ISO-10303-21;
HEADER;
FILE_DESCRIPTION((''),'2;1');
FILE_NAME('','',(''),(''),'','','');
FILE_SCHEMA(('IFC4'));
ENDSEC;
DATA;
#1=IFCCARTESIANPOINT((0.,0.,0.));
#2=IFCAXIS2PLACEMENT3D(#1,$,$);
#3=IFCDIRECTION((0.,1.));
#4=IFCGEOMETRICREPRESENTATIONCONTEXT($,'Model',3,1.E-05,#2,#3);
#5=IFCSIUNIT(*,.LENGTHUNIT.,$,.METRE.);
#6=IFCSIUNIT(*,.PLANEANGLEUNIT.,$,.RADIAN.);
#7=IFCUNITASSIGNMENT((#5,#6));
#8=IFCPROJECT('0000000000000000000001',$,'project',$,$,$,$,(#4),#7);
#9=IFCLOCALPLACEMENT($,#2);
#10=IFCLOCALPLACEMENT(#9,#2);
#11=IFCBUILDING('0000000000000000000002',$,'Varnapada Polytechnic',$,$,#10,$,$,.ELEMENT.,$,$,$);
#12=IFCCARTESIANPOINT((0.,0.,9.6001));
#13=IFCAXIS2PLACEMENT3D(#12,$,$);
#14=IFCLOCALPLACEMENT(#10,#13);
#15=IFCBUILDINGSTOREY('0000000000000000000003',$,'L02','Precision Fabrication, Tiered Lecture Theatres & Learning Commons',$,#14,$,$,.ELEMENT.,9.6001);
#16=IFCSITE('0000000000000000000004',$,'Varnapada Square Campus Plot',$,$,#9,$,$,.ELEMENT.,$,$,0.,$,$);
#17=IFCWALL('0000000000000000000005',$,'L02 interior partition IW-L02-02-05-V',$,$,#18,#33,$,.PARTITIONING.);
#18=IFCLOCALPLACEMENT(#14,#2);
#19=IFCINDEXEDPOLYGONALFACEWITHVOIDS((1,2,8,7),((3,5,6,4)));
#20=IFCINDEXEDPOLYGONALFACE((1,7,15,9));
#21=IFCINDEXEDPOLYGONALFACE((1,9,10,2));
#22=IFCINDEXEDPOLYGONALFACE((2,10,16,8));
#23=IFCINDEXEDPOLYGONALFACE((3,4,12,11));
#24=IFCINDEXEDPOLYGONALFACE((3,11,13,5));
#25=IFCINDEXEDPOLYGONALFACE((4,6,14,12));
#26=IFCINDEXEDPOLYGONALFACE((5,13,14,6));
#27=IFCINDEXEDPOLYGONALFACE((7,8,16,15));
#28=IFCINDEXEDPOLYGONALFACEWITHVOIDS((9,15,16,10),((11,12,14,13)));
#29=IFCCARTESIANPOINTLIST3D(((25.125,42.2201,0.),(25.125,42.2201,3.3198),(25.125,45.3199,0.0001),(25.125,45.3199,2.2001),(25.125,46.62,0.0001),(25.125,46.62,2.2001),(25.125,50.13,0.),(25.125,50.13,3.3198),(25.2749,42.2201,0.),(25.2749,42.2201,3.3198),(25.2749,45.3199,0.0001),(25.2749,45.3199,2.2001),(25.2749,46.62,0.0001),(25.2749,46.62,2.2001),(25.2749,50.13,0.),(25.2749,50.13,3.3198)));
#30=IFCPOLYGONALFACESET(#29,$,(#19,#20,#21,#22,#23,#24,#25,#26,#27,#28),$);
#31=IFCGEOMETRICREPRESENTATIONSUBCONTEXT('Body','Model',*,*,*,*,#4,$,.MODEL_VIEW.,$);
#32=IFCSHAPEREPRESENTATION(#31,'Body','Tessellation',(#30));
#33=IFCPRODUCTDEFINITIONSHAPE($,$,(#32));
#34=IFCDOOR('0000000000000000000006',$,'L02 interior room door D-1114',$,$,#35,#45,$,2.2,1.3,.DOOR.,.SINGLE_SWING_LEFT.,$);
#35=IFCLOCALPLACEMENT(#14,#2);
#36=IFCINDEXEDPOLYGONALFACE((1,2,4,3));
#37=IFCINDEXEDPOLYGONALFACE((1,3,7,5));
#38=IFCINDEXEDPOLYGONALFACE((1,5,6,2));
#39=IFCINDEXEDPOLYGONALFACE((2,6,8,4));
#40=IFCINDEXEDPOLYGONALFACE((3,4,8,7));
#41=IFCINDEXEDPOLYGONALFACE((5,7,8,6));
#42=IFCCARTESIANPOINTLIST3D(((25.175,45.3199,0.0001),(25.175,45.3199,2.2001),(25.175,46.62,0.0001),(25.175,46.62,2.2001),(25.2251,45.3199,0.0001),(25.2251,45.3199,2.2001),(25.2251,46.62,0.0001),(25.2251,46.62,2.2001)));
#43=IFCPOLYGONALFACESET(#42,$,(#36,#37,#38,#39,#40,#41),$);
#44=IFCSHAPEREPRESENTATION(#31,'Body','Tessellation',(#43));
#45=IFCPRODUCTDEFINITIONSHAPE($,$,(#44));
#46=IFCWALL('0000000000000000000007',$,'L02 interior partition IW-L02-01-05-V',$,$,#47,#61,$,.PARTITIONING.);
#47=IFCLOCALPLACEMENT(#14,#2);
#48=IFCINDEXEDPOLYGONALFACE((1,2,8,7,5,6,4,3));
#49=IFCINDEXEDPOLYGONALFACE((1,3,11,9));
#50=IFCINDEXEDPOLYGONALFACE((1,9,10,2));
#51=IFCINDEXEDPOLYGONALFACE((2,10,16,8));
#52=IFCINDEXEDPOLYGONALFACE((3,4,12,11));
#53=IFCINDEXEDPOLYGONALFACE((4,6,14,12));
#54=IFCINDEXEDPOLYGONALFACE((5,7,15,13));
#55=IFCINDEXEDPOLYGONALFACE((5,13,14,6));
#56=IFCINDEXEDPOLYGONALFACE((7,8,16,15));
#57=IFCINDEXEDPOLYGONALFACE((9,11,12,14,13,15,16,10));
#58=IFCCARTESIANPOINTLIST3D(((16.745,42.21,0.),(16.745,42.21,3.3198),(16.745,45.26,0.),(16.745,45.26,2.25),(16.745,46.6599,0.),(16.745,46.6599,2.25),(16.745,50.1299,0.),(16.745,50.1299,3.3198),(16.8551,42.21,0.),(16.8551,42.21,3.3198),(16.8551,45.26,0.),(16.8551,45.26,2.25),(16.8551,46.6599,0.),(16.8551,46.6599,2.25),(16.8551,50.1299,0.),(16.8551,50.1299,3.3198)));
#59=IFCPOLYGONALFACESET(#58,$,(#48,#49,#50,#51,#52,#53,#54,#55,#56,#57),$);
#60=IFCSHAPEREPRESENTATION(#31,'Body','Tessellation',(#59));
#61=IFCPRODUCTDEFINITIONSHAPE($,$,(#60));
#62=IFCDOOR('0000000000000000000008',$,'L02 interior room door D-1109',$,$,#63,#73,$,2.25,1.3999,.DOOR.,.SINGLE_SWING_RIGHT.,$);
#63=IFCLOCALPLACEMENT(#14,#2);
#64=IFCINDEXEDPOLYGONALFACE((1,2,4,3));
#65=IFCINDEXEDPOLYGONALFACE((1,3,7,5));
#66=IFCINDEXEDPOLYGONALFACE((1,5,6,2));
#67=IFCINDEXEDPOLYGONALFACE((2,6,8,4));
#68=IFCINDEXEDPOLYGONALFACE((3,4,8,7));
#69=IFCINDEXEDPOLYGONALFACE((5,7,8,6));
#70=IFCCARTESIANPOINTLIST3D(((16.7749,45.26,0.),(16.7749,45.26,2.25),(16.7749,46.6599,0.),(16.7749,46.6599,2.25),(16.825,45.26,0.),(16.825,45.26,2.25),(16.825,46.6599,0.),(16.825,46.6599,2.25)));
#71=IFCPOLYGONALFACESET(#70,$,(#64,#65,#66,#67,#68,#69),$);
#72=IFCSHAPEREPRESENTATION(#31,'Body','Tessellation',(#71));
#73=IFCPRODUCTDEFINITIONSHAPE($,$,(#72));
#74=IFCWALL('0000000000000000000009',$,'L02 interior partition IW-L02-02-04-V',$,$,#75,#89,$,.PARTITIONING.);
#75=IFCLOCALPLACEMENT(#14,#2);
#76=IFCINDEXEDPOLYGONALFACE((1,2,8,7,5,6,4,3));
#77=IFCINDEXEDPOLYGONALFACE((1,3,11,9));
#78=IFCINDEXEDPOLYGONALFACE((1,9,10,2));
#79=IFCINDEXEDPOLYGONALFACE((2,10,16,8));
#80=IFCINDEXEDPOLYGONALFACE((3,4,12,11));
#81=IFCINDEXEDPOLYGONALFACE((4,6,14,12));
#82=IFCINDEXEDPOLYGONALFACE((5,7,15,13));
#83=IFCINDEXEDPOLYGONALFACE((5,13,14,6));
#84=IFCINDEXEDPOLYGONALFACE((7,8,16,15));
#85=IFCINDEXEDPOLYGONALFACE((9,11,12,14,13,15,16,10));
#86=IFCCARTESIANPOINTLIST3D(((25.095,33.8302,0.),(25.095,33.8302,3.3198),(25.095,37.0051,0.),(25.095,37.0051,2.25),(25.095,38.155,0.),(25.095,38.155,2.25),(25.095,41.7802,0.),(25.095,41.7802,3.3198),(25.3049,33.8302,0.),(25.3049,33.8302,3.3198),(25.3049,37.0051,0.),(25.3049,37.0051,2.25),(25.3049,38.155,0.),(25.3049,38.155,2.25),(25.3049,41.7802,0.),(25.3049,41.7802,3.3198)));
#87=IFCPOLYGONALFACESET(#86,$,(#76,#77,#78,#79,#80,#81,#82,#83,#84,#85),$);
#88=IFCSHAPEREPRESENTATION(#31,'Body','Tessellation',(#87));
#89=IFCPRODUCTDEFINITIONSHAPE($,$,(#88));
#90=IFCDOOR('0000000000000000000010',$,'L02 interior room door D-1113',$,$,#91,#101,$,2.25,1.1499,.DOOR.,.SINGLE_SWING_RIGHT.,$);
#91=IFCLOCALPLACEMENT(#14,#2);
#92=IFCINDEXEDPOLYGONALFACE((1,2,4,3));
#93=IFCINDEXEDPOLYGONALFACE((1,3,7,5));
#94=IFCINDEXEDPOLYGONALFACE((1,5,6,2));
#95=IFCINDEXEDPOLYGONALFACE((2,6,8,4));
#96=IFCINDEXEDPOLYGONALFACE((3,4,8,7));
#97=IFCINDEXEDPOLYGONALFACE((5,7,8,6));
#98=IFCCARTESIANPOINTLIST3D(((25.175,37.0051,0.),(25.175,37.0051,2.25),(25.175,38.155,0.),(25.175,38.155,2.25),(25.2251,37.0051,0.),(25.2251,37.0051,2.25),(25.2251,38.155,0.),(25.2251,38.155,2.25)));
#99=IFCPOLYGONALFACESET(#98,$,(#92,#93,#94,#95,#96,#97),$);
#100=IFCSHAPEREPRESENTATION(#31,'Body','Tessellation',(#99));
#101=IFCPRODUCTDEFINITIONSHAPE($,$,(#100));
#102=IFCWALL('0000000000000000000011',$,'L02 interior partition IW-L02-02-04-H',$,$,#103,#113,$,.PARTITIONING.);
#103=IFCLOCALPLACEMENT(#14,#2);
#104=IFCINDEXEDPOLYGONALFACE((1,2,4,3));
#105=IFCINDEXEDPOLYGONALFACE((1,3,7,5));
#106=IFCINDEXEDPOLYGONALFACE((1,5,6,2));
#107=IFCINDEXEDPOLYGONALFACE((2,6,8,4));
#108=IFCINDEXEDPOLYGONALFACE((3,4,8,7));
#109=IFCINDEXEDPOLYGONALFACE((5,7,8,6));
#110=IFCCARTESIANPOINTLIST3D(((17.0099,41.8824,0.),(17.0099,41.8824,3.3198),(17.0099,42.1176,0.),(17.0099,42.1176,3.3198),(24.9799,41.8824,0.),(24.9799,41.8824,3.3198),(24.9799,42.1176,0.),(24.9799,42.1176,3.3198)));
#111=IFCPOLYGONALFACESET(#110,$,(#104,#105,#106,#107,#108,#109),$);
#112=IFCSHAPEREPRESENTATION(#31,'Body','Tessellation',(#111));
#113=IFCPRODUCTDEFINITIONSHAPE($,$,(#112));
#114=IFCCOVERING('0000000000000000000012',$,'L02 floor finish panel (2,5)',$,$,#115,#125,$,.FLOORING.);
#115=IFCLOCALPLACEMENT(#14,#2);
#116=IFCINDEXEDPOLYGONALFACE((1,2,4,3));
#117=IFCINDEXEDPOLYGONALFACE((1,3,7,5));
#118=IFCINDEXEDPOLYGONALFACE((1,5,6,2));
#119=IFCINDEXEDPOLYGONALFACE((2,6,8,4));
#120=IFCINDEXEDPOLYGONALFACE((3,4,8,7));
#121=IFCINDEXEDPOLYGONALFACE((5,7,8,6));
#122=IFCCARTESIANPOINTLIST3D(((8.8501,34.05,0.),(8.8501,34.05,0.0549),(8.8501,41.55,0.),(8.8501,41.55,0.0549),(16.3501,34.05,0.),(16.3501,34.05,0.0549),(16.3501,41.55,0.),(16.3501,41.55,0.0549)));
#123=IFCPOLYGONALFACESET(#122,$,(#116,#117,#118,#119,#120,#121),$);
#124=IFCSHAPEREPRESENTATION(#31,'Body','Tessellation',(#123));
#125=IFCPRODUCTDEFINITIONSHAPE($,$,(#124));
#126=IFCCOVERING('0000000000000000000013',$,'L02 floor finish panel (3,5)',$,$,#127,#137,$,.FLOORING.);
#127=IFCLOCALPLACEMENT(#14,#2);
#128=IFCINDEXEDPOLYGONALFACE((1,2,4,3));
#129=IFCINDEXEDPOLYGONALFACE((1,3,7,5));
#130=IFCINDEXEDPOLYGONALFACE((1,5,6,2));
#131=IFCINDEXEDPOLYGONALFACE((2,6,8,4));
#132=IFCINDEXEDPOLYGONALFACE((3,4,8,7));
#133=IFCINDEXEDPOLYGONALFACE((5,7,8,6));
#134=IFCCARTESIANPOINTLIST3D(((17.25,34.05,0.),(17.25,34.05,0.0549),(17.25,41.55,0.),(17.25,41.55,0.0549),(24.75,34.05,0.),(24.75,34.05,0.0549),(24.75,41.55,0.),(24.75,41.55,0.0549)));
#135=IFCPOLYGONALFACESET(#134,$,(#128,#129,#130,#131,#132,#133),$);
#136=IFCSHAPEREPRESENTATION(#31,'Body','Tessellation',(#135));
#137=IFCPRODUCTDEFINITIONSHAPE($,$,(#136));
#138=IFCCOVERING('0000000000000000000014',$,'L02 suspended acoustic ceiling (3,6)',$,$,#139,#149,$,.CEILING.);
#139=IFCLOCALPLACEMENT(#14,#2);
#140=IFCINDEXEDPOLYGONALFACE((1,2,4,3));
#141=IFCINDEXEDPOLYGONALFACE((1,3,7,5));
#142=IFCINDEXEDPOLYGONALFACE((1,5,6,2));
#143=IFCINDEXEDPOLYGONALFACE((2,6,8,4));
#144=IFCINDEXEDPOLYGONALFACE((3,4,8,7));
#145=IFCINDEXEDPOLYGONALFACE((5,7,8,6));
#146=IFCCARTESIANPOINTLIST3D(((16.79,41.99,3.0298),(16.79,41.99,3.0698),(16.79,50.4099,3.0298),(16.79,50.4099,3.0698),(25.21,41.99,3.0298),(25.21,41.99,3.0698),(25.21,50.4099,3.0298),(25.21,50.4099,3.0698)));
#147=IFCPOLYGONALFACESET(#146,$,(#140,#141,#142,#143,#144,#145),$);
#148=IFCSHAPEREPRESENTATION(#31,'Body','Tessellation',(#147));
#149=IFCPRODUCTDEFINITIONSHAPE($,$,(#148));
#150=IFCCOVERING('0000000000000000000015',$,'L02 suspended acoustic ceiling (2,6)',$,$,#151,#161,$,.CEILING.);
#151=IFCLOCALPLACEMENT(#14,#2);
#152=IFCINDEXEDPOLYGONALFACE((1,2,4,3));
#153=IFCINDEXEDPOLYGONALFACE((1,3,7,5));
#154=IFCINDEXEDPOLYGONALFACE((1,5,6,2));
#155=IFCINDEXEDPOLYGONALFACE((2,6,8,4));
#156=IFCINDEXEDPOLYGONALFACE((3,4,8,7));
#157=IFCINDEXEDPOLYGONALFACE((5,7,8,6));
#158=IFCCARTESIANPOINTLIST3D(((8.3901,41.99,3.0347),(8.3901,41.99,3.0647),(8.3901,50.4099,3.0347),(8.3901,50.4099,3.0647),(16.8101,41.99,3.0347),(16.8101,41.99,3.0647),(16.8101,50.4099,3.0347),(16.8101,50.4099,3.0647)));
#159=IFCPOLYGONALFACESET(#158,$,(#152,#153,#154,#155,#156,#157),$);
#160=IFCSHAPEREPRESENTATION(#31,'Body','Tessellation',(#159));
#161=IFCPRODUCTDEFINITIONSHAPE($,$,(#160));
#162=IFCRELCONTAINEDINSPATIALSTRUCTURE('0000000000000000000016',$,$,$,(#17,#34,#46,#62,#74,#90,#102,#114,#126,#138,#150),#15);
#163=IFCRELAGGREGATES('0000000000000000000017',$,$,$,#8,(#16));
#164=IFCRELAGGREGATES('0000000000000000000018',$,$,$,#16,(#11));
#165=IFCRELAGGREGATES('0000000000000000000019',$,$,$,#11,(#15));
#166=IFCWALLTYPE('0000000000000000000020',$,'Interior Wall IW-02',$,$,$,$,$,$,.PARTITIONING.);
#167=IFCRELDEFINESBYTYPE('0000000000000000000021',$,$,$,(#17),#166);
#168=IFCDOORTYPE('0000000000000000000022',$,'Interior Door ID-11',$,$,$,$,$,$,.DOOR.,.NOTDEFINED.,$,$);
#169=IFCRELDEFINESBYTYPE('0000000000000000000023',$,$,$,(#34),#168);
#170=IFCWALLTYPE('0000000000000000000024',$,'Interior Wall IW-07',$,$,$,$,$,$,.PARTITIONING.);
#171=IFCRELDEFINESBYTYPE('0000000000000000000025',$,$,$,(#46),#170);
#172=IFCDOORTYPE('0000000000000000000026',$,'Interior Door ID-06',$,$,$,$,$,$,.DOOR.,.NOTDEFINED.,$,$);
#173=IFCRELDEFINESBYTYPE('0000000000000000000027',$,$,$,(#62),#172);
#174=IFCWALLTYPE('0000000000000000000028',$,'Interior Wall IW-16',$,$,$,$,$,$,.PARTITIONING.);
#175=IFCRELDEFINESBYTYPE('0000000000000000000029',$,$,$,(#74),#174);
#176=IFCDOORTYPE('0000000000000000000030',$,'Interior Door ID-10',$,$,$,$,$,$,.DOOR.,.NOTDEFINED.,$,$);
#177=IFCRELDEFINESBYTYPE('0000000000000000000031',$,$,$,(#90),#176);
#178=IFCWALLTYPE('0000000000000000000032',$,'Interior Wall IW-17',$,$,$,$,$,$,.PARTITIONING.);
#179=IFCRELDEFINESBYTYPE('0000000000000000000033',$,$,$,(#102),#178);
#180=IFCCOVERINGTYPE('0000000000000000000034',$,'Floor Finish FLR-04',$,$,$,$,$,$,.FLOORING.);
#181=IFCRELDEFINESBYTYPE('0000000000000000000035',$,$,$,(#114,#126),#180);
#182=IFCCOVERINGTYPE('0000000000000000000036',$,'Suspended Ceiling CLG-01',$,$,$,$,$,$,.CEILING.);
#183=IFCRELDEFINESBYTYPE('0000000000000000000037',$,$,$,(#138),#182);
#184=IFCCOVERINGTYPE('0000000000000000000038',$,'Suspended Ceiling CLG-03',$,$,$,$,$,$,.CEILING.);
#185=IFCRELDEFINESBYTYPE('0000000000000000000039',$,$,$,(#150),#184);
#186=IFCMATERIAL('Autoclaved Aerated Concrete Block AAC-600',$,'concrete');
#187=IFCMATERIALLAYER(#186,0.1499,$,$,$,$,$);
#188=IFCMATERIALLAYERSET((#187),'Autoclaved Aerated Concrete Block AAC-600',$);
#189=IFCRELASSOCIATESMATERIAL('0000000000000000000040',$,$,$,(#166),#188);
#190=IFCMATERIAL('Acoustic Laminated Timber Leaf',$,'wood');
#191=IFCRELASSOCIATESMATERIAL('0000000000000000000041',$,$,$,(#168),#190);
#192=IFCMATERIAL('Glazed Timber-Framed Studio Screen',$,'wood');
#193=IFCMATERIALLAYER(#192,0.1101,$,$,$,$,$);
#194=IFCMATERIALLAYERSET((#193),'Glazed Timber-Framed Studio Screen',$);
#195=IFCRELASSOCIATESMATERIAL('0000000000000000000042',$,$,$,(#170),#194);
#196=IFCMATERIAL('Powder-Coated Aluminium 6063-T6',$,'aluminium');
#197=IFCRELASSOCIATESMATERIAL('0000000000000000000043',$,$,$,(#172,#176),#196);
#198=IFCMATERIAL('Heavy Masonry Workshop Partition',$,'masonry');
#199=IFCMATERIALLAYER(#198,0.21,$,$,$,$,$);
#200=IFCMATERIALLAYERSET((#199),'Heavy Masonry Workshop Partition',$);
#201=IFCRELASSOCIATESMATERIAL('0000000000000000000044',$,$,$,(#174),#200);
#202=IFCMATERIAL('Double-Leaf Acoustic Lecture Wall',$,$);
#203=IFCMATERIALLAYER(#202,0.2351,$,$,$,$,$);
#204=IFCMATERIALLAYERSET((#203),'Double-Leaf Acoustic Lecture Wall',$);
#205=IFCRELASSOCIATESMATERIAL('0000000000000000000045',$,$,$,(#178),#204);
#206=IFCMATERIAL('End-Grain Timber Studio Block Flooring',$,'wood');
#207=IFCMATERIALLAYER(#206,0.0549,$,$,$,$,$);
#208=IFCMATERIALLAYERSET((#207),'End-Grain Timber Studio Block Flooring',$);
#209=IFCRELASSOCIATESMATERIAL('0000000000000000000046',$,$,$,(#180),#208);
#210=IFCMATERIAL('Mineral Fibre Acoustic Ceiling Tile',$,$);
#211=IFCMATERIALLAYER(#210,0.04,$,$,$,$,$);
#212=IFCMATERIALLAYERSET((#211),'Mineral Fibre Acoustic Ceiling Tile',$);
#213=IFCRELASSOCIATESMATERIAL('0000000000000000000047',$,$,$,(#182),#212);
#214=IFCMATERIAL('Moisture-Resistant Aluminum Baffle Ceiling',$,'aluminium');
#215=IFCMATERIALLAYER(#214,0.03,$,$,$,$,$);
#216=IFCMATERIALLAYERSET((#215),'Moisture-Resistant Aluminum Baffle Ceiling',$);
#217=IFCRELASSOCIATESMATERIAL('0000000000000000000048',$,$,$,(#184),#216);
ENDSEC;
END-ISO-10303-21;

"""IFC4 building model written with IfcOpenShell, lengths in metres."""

from ifc_helpers import new_model, si_unit, direction, frame, frame_2d, origin, origin_2d, place, context, subcontext, project, spatial, rectangle, extrude, material, layer, layer_set, type_object, element, fill, save


model = new_model("IFC4")

# Units and contexts
model_context = context("Model", 3, precision=1e-05, world=origin(), true_north=direction((0.0, 1.0)))
body_context = subcontext(model_context, "Body", "Model", "MODEL_VIEW")
ifc_project = project(units=[si_unit("LENGTHUNIT", "METRE"), si_unit("PLANEANGLEUNIT", "RADIAN")], contexts=[model_context])

# Site, building, storey
site_placement = place(None, origin())
site = spatial("IfcSite", under=ifc_project, at=site_placement, Name="Varnapada Square Campus Plot", CompositionType="ELEMENT", RefElevation=0.0)
building_placement = place(site_placement, origin())
building = spatial("IfcBuilding", under=site, at=building_placement, Name="Varnapada Polytechnic", CompositionType="ELEMENT")
storey_placement = place(building_placement, frame((0.0, 0.0, 9.6001)))
storey = spatial("IfcBuildingStorey", under=building, at=storey_placement, Name="L02", Description="Precision Fabrication, Tiered Lecture Theatres & Learning Commons", CompositionType="ELEMENT", Elevation=9.6001)

# Walls, openings, doors
ifc_material_1 = material(Name="Autoclaved Aerated Concrete Block AAC-600", Category="concrete")
ifc_layer_1 = layer(ifc_material_1, 0.1499)
ifc_layer_set_1 = layer_set([ifc_layer_1], Name="Autoclaved Aerated Concrete Block AAC-600")
wall_type_1 = type_object("IfcWallType", Name="Interior Wall IW-02", PredefinedType="PARTITIONING", material=ifc_layer_set_1)
wall_1_placement = place(storey_placement, frame((25.2, 42.22, 0.0), z_axis=(0.0, 0.0, 1.0), x_axis=(0.0, 1.0, 0.0)))
wall_1 = element("IfcWall", 1, at=wall_1_placement, inside=storey, type_object=wall_type_1, Name="L02 interior partition IW-L02-02-05-V", PredefinedType="PARTITIONING", context=body_context, shape_type="SweptSolid", body=[
    extrude(rectangle(XDim=7.9099, YDim=0.1499, at=frame_2d((3.9551, 0.0))), origin(), (0.0, 0.0, 1.0), 3.3198),
])
opening_1_placement = place(wall_1_placement, frame((3.1001, 0.0, 0.0)))
opening_1 = element("IfcOpeningElement", 2, at=opening_1_placement, cuts=wall_1, PredefinedType="OPENING", context=body_context, shape_type="SweptSolid", body=[
    extrude(rectangle(XDim=1.3, YDim=2.2, at=frame_2d((0.6499, 1.1001))), frame((0.0, 0.085, 0.0), z_axis=(0.0, -1.0, 0.0), x_axis=(1.0, 0.0, 0.0)), (0.0, 0.0, 1.0), 0.1699),
])
ifc_material_2 = material(Name="Acoustic Laminated Timber Leaf", Category="wood")
door_type_1 = type_object("IfcDoorType", Name="Interior Door ID-11", OperationType="NOTDEFINED", PredefinedType="DOOR", material=ifc_material_2)
door_1_placement = place(opening_1_placement, origin())
door_1 = element("IfcDoor", 3, at=door_1_placement, inside=storey, type_object=door_type_1, Name="L02 interior room door D-1114", OperationType="SINGLE_SWING_LEFT", OverallHeight=2.2, OverallWidth=1.3, PredefinedType="DOOR", context=body_context, shape_type="SweptSolid", body=[
    extrude(rectangle(XDim=1.3, YDim=2.2, at=frame_2d((0.6499, 1.1001))), frame((0.0, 0.0249, 0.0), z_axis=(0.0, -1.0, 0.0), x_axis=(1.0, 0.0, 0.0)), (0.0, 0.0, 1.0), 0.05),
])
fill(opening_1, door_1)
ifc_material_3 = material(Name="Glazed Timber-Framed Studio Screen", Category="wood")
ifc_layer_2 = layer(ifc_material_3, 0.1101)
ifc_layer_set_2 = layer_set([ifc_layer_2], Name="Glazed Timber-Framed Studio Screen")
wall_type_2 = type_object("IfcWallType", Name="Interior Wall IW-07", PredefinedType="PARTITIONING", material=ifc_layer_set_2)
wall_2_placement = place(storey_placement, frame((16.8, 42.21, 0.0), z_axis=(0.0, 0.0, 1.0), x_axis=(0.0, 1.0, 0.0)))
wall_2 = element("IfcWall", 4, at=wall_2_placement, inside=storey, type_object=wall_type_2, Name="L02 interior partition IW-L02-01-05-V", PredefinedType="PARTITIONING", context=body_context, shape_type="SweptSolid", body=[
    extrude(rectangle(XDim=7.9199, YDim=0.1101, at=frame_2d((3.96, 0.0))), origin(), (0.0, 0.0, 1.0), 3.3198),
])
opening_2_placement = place(wall_2_placement, frame((3.05, 0.0, 0.0)))
opening_2 = element("IfcOpeningElement", 5, at=opening_2_placement, cuts=wall_2, PredefinedType="OPENING", context=body_context, shape_type="SweptSolid", body=[
    extrude(rectangle(XDim=1.3999, YDim=2.25, at=frame_2d((0.7, 1.125))), frame((0.0, 0.0649, 0.0), z_axis=(0.0, -1.0, 0.0), x_axis=(1.0, 0.0, 0.0)), (0.0, 0.0, 1.0), 0.1301),
])
ifc_material_4 = material(Name="Powder-Coated Aluminium 6063-T6", Category="aluminium")
door_type_2 = type_object("IfcDoorType", Name="Interior Door ID-06", OperationType="NOTDEFINED", PredefinedType="DOOR", material=ifc_material_4)
door_2_placement = place(opening_2_placement, frame((1.3999, 0.0, 0.0), z_axis=(0.0, 0.0, 1.0), x_axis=(-1.0, 0.0, 0.0)))
door_2 = element("IfcDoor", 6, at=door_2_placement, inside=storey, type_object=door_type_2, Name="L02 interior room door D-1109", OperationType="SINGLE_SWING_RIGHT", OverallHeight=2.25, OverallWidth=1.3999, PredefinedType="DOOR", context=body_context, shape_type="SweptSolid", body=[
    extrude(rectangle(XDim=1.3999, YDim=2.25, at=frame_2d((0.7, 1.125))), frame((0.0, 0.0249, 0.0), z_axis=(0.0, -1.0, 0.0), x_axis=(1.0, 0.0, 0.0)), (0.0, 0.0, 1.0), 0.05),
])
fill(opening_2, door_2)
ifc_material_5 = material(Name="Heavy Masonry Workshop Partition", Category="masonry")
ifc_layer_3 = layer(ifc_material_5, 0.21)
ifc_layer_set_3 = layer_set([ifc_layer_3], Name="Heavy Masonry Workshop Partition")
wall_type_3 = type_object("IfcWallType", Name="Interior Wall IW-16", PredefinedType="PARTITIONING", material=ifc_layer_set_3)
wall_3_placement = place(storey_placement, frame((25.2, 33.8301, 0.0), z_axis=(0.0, 0.0, 1.0), x_axis=(0.0, 1.0, 0.0)))
wall_3 = element("IfcWall", 7, at=wall_3_placement, inside=storey, type_object=wall_type_3, Name="L02 interior partition IW-L02-02-04-V", PredefinedType="PARTITIONING", context=body_context, shape_type="SweptSolid", body=[
    extrude(rectangle(XDim=7.95, YDim=0.21, at=frame_2d((3.9751, 0.0))), origin(), (0.0, 0.0, 1.0), 3.3198),
])
opening_3_placement = place(wall_3_placement, frame((3.175, 0.0, 0.0)))
opening_3 = element("IfcOpeningElement", 8, at=opening_3_placement, cuts=wall_3, PredefinedType="OPENING", context=body_context, shape_type="SweptSolid", body=[
    extrude(rectangle(XDim=1.1499, YDim=2.25, at=frame_2d((0.575, 1.125))), frame((0.0, 0.115, 0.0), z_axis=(0.0, -1.0, 0.0), x_axis=(1.0, 0.0, 0.0)), (0.0, 0.0, 1.0), 0.23),
])
door_type_3 = type_object("IfcDoorType", Name="Interior Door ID-10", OperationType="NOTDEFINED", PredefinedType="DOOR", material=ifc_material_4)
door_3_placement = place(opening_3_placement, origin())
door_3 = element("IfcDoor", 9, at=door_3_placement, inside=storey, type_object=door_type_3, Name="L02 interior room door D-1113", OperationType="SINGLE_SWING_RIGHT", OverallHeight=2.25, OverallWidth=1.1499, PredefinedType="DOOR", context=body_context, shape_type="SweptSolid", body=[
    extrude(rectangle(XDim=1.1499, YDim=2.25, at=frame_2d((0.575, 1.125))), frame((0.0, 0.0249, 0.0), z_axis=(0.0, -1.0, 0.0), x_axis=(1.0, 0.0, 0.0)), (0.0, 0.0, 1.0), 0.05),
])
fill(opening_3, door_3)

# Wall
ifc_material_6 = material(Name="Double-Leaf Acoustic Lecture Wall")
ifc_layer_4 = layer(ifc_material_6, 0.2351)
ifc_layer_set_4 = layer_set([ifc_layer_4], Name="Double-Leaf Acoustic Lecture Wall")
wall_type_4 = type_object("IfcWallType", Name="Interior Wall IW-17", PredefinedType="PARTITIONING", material=ifc_layer_set_4)
wall_4_placement = place(storey_placement, frame((17.01, 42.0, 0.0), z_axis=(0.0, 0.0, 1.0), x_axis=(1.0, 0.0, 0.0)))
element("IfcWall", 10, at=wall_4_placement, inside=storey, type_object=wall_type_4, Name="L02 interior partition IW-L02-02-04-H", PredefinedType="PARTITIONING", context=body_context, shape_type="SweptSolid", body=[
    extrude(rectangle(XDim=7.97, YDim=0.2351, at=frame_2d((3.9849, 0.0))), origin(), (0.0, 0.0, 1.0), 3.3198),
])

# Coverings
ifc_material_7 = material(Name="End-Grain Timber Studio Block Flooring", Category="wood")
ifc_layer_5 = layer(ifc_material_7, 0.0549)
ifc_layer_set_5 = layer_set([ifc_layer_5], Name="End-Grain Timber Studio Block Flooring")
covering_type_1 = type_object("IfcCoveringType", Name="Floor Finish FLR-04", PredefinedType="FLOORING", material=ifc_layer_set_5)
for number, where, z_axis, x_axis, name in (
    (11, (12.6001, 37.8, 0.0), (0.0, 0.0, 1.0), (1.0, 0.0, 0.0), "L02 floor finish panel (2,5)"),
    (12, (21.0, 37.8, 0.0), (0.0, 0.0, 1.0), (1.0, 0.0, 0.0), "L02 floor finish panel (3,5)"),
):
    element("IfcCovering", number, at=place(storey_placement, frame(where, z_axis=z_axis, x_axis=x_axis)), inside=storey, type_object=covering_type_1, Name=name, PredefinedType="FLOORING", context=body_context, shape_type="SweptSolid", body=[
        extrude(rectangle(XDim=7.5, YDim=7.5, at=origin_2d()), origin(), (0.0, 0.0, 1.0), 0.0549),
    ])
ifc_material_8 = material(Name="Mineral Fibre Acoustic Ceiling Tile")
ifc_layer_6 = layer(ifc_material_8, 0.04)
ifc_layer_set_6 = layer_set([ifc_layer_6], Name="Mineral Fibre Acoustic Ceiling Tile")
covering_type_2 = type_object("IfcCoveringType", Name="Suspended Ceiling CLG-01", PredefinedType="CEILING", material=ifc_layer_set_6)
covering_1_placement = place(storey_placement, frame((21.0, 46.2, 3.0298), z_axis=(0.0, 0.0, 1.0), x_axis=(1.0, 0.0, 0.0)))
element("IfcCovering", 13, at=covering_1_placement, inside=storey, type_object=covering_type_2, Name="L02 suspended acoustic ceiling (3,6)", PredefinedType="CEILING", context=body_context, shape_type="SweptSolid", body=[
    extrude(rectangle(XDim=8.4199, YDim=8.4199, at=origin_2d()), origin(), (0.0, 0.0, 1.0), 0.04),
])
ifc_material_9 = material(Name="Moisture-Resistant Aluminum Baffle Ceiling", Category="aluminium")
ifc_layer_7 = layer(ifc_material_9, 0.03)
ifc_layer_set_7 = layer_set([ifc_layer_7], Name="Moisture-Resistant Aluminum Baffle Ceiling")
covering_type_3 = type_object("IfcCoveringType", Name="Suspended Ceiling CLG-03", PredefinedType="CEILING", material=ifc_layer_set_7)
covering_2_placement = place(storey_placement, frame((12.6001, 46.2, 3.0347), z_axis=(0.0, 0.0, 1.0), x_axis=(1.0, 0.0, 0.0)))
element("IfcCovering", 14, at=covering_2_placement, inside=storey, type_object=covering_type_3, Name="L02 suspended acoustic ceiling (2,6)", PredefinedType="CEILING", context=body_context, shape_type="SweptSolid", body=[
    extrude(rectangle(XDim=8.4199, YDim=8.4199, at=origin_2d()), origin(), (0.0, 0.0, 1.0), 0.03),
])

save(model, "model.ifc")
